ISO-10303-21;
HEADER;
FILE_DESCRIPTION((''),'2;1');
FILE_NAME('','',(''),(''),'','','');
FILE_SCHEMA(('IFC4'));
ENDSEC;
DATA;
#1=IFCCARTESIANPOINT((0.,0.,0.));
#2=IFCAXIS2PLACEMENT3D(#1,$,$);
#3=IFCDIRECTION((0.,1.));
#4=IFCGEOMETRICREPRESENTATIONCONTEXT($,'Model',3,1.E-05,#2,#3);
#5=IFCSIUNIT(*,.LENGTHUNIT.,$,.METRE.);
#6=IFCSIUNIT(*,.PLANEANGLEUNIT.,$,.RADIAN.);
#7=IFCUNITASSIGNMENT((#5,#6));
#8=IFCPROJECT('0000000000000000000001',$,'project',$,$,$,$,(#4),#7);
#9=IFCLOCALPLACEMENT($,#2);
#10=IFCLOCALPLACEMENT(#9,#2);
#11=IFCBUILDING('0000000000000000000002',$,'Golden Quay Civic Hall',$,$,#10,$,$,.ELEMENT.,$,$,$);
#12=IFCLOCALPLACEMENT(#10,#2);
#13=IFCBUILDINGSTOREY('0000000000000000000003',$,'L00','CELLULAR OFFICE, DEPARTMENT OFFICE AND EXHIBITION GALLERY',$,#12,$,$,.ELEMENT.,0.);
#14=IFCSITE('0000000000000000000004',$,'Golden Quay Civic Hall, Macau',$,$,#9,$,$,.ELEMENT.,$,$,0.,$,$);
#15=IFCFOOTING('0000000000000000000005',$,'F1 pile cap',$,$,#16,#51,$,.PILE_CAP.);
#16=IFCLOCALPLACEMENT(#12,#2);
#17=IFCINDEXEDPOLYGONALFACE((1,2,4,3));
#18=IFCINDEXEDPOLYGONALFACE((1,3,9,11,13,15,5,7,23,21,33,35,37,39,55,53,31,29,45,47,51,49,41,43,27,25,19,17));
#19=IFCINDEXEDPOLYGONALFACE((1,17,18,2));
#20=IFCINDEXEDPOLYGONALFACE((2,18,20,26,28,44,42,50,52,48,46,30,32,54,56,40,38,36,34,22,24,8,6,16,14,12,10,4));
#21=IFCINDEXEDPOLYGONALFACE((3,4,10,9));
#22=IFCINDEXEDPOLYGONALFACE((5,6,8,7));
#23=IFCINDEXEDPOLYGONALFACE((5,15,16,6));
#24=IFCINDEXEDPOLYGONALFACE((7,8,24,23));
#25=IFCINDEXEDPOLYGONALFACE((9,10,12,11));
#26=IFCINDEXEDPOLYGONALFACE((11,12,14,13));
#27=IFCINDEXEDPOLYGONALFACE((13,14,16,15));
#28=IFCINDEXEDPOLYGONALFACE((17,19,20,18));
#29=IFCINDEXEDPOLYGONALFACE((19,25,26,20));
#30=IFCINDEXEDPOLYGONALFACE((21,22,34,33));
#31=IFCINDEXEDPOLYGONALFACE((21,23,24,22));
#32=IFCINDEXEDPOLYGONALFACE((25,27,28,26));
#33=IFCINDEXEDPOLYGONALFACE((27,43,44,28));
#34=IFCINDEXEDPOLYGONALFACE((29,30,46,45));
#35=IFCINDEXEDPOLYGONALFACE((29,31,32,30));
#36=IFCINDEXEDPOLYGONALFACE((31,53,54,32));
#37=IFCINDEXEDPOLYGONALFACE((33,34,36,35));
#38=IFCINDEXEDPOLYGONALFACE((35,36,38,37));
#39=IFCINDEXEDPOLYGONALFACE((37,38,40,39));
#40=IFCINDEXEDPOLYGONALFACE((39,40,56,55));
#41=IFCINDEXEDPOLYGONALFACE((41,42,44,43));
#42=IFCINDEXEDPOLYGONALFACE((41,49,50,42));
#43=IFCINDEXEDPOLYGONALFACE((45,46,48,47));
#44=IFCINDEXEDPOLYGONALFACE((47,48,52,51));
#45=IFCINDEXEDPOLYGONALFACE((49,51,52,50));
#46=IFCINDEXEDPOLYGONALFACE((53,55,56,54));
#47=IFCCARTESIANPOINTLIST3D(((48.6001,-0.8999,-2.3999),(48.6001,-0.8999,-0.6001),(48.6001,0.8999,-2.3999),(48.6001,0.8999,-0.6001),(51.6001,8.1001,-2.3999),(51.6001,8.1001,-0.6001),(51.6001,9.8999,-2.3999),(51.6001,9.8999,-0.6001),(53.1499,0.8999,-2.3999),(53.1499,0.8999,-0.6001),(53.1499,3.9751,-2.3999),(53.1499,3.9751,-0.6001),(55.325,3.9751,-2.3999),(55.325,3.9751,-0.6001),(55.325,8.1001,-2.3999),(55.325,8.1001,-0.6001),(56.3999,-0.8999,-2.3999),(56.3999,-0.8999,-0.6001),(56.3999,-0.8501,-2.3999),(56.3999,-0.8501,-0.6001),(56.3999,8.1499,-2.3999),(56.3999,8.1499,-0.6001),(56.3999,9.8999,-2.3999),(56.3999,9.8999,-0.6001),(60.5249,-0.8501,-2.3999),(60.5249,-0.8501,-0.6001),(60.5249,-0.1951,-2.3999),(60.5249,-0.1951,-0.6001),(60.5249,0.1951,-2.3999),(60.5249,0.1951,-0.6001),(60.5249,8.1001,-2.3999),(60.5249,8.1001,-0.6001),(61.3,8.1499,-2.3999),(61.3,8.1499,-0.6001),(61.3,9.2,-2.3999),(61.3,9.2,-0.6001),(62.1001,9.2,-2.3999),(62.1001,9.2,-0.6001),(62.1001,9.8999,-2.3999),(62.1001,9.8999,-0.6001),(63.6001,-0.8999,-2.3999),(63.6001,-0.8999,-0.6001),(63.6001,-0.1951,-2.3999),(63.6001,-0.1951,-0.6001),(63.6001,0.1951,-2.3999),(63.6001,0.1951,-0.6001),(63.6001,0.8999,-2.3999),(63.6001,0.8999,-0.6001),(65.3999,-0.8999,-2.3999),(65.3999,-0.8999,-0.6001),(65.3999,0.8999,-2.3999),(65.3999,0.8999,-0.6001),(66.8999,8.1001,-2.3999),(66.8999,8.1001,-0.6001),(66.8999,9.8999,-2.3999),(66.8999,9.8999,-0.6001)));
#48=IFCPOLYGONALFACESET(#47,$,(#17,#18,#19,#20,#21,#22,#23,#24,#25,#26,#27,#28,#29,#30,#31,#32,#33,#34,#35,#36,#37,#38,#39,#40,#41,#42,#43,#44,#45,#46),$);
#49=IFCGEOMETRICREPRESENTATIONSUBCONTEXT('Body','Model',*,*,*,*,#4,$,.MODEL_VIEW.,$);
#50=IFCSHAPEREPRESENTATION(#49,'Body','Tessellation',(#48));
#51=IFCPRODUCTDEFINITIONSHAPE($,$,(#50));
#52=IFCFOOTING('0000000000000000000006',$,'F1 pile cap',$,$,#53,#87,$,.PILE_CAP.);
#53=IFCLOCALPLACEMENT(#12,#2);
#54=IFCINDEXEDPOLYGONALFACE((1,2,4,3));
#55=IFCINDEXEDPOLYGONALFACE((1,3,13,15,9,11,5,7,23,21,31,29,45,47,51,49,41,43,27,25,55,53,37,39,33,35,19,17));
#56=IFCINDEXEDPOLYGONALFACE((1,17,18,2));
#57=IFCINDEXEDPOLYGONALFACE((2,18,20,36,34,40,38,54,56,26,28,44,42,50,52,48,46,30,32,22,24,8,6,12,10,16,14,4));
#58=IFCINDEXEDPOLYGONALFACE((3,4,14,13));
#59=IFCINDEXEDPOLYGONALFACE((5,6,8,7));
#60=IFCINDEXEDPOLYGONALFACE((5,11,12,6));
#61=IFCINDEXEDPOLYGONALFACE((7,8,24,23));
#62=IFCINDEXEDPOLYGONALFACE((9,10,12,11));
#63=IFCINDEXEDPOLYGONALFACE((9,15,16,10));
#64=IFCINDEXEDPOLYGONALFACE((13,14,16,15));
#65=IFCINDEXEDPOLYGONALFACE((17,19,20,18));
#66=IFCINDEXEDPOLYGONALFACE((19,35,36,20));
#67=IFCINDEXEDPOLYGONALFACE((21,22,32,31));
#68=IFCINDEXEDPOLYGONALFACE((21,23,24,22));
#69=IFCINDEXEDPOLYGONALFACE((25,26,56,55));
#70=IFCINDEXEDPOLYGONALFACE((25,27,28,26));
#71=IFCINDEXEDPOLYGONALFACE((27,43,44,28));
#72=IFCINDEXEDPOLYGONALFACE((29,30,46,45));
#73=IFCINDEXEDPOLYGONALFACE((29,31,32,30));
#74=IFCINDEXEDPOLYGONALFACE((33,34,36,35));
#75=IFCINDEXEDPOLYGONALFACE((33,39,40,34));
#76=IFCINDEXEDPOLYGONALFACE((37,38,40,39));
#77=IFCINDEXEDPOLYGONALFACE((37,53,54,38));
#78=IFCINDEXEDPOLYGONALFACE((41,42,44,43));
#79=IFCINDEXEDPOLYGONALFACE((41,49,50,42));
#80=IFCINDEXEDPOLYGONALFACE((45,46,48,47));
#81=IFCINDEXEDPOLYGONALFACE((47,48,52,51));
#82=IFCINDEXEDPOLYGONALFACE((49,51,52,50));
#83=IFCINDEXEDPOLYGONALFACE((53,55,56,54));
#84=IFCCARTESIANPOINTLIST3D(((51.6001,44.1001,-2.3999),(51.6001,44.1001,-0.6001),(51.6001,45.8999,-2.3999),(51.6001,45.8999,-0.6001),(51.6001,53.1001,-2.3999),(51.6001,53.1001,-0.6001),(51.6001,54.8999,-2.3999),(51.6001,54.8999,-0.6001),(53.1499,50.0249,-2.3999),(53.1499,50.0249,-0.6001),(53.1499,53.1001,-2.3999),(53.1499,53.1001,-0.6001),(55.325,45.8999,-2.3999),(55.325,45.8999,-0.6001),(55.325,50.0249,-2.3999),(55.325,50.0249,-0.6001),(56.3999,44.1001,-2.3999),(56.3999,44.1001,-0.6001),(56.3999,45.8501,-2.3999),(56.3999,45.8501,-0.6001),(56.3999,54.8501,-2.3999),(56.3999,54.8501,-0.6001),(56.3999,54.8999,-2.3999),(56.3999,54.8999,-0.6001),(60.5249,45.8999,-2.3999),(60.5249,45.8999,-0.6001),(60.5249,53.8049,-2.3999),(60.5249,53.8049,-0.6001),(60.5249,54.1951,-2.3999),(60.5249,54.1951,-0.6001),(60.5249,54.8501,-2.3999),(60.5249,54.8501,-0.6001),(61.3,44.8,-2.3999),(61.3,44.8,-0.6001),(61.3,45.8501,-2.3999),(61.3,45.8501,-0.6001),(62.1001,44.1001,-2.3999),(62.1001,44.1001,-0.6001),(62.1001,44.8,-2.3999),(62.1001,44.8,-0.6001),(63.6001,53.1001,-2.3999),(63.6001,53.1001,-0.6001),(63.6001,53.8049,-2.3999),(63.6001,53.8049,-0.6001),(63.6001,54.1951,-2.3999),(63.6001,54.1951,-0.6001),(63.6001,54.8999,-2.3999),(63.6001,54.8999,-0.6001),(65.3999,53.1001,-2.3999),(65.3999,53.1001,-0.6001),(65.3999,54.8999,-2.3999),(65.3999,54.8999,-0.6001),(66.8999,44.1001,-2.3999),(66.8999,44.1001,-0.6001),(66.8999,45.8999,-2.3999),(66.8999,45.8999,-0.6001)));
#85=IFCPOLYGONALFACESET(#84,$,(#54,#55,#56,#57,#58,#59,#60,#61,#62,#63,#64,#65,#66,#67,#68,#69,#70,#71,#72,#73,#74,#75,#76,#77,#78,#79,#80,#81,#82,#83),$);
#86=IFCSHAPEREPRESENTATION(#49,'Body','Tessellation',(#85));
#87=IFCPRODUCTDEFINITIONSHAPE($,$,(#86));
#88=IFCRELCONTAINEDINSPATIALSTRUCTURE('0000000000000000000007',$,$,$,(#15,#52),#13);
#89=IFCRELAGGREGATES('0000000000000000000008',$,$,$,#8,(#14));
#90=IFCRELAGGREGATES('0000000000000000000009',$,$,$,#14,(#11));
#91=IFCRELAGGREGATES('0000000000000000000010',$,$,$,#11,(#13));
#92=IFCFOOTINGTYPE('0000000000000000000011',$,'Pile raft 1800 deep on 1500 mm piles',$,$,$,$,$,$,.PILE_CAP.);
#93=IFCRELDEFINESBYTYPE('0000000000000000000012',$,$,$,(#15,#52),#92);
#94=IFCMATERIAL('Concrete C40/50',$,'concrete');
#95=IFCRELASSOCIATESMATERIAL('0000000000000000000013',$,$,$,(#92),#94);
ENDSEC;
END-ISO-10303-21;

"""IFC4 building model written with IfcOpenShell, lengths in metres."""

from ifc_helpers import new_model, si_unit, direction, frame, origin, place, context, subcontext, project, spatial, polyline, outline, extrude, material, type_object, element, save


model = new_model("IFC4")

# Units and contexts
model_context = context("Model", 3, precision=1e-05, world=origin(), true_north=direction((0.0, 1.0)))
body_context = subcontext(model_context, "Body", "Model", "MODEL_VIEW")
ifc_project = project(units=[si_unit("LENGTHUNIT", "METRE"), si_unit("PLANEANGLEUNIT", "RADIAN")], contexts=[model_context])

# Site, building, storey
site_placement = place(None, origin())
site = spatial("IfcSite", under=ifc_project, at=site_placement, Name="Golden Quay Civic Hall, Macau", CompositionType="ELEMENT", RefElevation=0.0)
building_placement = place(site_placement, origin())
building = spatial("IfcBuilding", under=site, at=building_placement, Name="Golden Quay Civic Hall", CompositionType="ELEMENT")
storey_placement = place(building_placement, origin())
storey = spatial("IfcBuildingStorey", under=building, at=storey_placement, Name="L00", Description="CELLULAR OFFICE, DEPARTMENT OFFICE AND EXHIBITION GALLERY", CompositionType="ELEMENT", Elevation=0.0)

# Footings
ifc_material_1 = material(Name="Concrete C40/50", Category="concrete")
footing_type_1 = type_object("IfcFootingType", Name="Pile raft 1800 deep on 1500 mm piles", PredefinedType="PILE_CAP", material=ifc_material_1)
footing_1_placement = place(storey_placement, frame((0.0, 0.0, -2.3999)))
element("IfcFooting", 1, at=footing_1_placement, inside=storey, type_object=footing_type_1, Name="F1 pile cap", PredefinedType="PILE_CAP", context=body_context, shape_type="SweptSolid", body=[
    extrude(outline(polyline([(48.6001, -0.8999), (48.6001, 0.8999), (53.1499, 0.8999), (53.1499, 3.9751), (55.325, 3.9751), (55.325, 8.1001), (51.6001, 8.1001), (51.6001, 9.8999), (56.3999, 9.8999), (56.3999, 8.1499), (61.3, 8.1499), (61.3, 9.2), (62.1001, 9.2), (62.1001, 9.8999), (66.8999, 9.8999), (66.8999, 8.1001), (60.5249, 8.1001), (60.5249, 0.1951), (63.6001, 0.1951), (63.6001, 0.8999), (65.3999, 0.8999), (65.3999, -0.8999), (63.6001, -0.8999), (63.6001, -0.1951), (60.5249, -0.1951), (60.5249, -0.8501), (56.3999, -0.8501), (56.3999, -0.8999), (48.6001, -0.8999)])), origin(), (0.0, 0.0, 1.0), 1.7998),
])
footing_2_placement = place(storey_placement, frame((0.0, 0.0, -2.3999)))
element("IfcFooting", 2, at=footing_2_placement, inside=storey, type_object=footing_type_1, Name="F1 pile cap", PredefinedType="PILE_CAP", context=body_context, shape_type="SweptSolid", body=[
    extrude(outline(polyline([(53.1499, 53.1001), (51.6001, 53.1001), (51.6001, 54.8999), (56.3999, 54.8999), (56.3999, 54.8501), (60.5249, 54.8501), (60.5249, 54.1951), (63.6001, 54.1951), (63.6001, 54.8999), (65.3999, 54.8999), (65.3999, 53.1001), (63.6001, 53.1001), (63.6001, 53.8049), (60.5249, 53.8049), (60.5249, 45.8999), (66.8999, 45.8999), (66.8999, 44.1001), (62.1001, 44.1001), (62.1001, 44.8), (61.3, 44.8), (61.3, 45.8501), (56.3999, 45.8501), (56.3999, 44.1001), (51.6001, 44.1001), (51.6001, 45.8999), (55.325, 45.8999), (55.325, 50.0249), (53.1499, 50.0249), (53.1499, 53.1001)])), origin(), (0.0, 0.0, 1.0), 1.7998),
])

save(model, "model.ifc")
